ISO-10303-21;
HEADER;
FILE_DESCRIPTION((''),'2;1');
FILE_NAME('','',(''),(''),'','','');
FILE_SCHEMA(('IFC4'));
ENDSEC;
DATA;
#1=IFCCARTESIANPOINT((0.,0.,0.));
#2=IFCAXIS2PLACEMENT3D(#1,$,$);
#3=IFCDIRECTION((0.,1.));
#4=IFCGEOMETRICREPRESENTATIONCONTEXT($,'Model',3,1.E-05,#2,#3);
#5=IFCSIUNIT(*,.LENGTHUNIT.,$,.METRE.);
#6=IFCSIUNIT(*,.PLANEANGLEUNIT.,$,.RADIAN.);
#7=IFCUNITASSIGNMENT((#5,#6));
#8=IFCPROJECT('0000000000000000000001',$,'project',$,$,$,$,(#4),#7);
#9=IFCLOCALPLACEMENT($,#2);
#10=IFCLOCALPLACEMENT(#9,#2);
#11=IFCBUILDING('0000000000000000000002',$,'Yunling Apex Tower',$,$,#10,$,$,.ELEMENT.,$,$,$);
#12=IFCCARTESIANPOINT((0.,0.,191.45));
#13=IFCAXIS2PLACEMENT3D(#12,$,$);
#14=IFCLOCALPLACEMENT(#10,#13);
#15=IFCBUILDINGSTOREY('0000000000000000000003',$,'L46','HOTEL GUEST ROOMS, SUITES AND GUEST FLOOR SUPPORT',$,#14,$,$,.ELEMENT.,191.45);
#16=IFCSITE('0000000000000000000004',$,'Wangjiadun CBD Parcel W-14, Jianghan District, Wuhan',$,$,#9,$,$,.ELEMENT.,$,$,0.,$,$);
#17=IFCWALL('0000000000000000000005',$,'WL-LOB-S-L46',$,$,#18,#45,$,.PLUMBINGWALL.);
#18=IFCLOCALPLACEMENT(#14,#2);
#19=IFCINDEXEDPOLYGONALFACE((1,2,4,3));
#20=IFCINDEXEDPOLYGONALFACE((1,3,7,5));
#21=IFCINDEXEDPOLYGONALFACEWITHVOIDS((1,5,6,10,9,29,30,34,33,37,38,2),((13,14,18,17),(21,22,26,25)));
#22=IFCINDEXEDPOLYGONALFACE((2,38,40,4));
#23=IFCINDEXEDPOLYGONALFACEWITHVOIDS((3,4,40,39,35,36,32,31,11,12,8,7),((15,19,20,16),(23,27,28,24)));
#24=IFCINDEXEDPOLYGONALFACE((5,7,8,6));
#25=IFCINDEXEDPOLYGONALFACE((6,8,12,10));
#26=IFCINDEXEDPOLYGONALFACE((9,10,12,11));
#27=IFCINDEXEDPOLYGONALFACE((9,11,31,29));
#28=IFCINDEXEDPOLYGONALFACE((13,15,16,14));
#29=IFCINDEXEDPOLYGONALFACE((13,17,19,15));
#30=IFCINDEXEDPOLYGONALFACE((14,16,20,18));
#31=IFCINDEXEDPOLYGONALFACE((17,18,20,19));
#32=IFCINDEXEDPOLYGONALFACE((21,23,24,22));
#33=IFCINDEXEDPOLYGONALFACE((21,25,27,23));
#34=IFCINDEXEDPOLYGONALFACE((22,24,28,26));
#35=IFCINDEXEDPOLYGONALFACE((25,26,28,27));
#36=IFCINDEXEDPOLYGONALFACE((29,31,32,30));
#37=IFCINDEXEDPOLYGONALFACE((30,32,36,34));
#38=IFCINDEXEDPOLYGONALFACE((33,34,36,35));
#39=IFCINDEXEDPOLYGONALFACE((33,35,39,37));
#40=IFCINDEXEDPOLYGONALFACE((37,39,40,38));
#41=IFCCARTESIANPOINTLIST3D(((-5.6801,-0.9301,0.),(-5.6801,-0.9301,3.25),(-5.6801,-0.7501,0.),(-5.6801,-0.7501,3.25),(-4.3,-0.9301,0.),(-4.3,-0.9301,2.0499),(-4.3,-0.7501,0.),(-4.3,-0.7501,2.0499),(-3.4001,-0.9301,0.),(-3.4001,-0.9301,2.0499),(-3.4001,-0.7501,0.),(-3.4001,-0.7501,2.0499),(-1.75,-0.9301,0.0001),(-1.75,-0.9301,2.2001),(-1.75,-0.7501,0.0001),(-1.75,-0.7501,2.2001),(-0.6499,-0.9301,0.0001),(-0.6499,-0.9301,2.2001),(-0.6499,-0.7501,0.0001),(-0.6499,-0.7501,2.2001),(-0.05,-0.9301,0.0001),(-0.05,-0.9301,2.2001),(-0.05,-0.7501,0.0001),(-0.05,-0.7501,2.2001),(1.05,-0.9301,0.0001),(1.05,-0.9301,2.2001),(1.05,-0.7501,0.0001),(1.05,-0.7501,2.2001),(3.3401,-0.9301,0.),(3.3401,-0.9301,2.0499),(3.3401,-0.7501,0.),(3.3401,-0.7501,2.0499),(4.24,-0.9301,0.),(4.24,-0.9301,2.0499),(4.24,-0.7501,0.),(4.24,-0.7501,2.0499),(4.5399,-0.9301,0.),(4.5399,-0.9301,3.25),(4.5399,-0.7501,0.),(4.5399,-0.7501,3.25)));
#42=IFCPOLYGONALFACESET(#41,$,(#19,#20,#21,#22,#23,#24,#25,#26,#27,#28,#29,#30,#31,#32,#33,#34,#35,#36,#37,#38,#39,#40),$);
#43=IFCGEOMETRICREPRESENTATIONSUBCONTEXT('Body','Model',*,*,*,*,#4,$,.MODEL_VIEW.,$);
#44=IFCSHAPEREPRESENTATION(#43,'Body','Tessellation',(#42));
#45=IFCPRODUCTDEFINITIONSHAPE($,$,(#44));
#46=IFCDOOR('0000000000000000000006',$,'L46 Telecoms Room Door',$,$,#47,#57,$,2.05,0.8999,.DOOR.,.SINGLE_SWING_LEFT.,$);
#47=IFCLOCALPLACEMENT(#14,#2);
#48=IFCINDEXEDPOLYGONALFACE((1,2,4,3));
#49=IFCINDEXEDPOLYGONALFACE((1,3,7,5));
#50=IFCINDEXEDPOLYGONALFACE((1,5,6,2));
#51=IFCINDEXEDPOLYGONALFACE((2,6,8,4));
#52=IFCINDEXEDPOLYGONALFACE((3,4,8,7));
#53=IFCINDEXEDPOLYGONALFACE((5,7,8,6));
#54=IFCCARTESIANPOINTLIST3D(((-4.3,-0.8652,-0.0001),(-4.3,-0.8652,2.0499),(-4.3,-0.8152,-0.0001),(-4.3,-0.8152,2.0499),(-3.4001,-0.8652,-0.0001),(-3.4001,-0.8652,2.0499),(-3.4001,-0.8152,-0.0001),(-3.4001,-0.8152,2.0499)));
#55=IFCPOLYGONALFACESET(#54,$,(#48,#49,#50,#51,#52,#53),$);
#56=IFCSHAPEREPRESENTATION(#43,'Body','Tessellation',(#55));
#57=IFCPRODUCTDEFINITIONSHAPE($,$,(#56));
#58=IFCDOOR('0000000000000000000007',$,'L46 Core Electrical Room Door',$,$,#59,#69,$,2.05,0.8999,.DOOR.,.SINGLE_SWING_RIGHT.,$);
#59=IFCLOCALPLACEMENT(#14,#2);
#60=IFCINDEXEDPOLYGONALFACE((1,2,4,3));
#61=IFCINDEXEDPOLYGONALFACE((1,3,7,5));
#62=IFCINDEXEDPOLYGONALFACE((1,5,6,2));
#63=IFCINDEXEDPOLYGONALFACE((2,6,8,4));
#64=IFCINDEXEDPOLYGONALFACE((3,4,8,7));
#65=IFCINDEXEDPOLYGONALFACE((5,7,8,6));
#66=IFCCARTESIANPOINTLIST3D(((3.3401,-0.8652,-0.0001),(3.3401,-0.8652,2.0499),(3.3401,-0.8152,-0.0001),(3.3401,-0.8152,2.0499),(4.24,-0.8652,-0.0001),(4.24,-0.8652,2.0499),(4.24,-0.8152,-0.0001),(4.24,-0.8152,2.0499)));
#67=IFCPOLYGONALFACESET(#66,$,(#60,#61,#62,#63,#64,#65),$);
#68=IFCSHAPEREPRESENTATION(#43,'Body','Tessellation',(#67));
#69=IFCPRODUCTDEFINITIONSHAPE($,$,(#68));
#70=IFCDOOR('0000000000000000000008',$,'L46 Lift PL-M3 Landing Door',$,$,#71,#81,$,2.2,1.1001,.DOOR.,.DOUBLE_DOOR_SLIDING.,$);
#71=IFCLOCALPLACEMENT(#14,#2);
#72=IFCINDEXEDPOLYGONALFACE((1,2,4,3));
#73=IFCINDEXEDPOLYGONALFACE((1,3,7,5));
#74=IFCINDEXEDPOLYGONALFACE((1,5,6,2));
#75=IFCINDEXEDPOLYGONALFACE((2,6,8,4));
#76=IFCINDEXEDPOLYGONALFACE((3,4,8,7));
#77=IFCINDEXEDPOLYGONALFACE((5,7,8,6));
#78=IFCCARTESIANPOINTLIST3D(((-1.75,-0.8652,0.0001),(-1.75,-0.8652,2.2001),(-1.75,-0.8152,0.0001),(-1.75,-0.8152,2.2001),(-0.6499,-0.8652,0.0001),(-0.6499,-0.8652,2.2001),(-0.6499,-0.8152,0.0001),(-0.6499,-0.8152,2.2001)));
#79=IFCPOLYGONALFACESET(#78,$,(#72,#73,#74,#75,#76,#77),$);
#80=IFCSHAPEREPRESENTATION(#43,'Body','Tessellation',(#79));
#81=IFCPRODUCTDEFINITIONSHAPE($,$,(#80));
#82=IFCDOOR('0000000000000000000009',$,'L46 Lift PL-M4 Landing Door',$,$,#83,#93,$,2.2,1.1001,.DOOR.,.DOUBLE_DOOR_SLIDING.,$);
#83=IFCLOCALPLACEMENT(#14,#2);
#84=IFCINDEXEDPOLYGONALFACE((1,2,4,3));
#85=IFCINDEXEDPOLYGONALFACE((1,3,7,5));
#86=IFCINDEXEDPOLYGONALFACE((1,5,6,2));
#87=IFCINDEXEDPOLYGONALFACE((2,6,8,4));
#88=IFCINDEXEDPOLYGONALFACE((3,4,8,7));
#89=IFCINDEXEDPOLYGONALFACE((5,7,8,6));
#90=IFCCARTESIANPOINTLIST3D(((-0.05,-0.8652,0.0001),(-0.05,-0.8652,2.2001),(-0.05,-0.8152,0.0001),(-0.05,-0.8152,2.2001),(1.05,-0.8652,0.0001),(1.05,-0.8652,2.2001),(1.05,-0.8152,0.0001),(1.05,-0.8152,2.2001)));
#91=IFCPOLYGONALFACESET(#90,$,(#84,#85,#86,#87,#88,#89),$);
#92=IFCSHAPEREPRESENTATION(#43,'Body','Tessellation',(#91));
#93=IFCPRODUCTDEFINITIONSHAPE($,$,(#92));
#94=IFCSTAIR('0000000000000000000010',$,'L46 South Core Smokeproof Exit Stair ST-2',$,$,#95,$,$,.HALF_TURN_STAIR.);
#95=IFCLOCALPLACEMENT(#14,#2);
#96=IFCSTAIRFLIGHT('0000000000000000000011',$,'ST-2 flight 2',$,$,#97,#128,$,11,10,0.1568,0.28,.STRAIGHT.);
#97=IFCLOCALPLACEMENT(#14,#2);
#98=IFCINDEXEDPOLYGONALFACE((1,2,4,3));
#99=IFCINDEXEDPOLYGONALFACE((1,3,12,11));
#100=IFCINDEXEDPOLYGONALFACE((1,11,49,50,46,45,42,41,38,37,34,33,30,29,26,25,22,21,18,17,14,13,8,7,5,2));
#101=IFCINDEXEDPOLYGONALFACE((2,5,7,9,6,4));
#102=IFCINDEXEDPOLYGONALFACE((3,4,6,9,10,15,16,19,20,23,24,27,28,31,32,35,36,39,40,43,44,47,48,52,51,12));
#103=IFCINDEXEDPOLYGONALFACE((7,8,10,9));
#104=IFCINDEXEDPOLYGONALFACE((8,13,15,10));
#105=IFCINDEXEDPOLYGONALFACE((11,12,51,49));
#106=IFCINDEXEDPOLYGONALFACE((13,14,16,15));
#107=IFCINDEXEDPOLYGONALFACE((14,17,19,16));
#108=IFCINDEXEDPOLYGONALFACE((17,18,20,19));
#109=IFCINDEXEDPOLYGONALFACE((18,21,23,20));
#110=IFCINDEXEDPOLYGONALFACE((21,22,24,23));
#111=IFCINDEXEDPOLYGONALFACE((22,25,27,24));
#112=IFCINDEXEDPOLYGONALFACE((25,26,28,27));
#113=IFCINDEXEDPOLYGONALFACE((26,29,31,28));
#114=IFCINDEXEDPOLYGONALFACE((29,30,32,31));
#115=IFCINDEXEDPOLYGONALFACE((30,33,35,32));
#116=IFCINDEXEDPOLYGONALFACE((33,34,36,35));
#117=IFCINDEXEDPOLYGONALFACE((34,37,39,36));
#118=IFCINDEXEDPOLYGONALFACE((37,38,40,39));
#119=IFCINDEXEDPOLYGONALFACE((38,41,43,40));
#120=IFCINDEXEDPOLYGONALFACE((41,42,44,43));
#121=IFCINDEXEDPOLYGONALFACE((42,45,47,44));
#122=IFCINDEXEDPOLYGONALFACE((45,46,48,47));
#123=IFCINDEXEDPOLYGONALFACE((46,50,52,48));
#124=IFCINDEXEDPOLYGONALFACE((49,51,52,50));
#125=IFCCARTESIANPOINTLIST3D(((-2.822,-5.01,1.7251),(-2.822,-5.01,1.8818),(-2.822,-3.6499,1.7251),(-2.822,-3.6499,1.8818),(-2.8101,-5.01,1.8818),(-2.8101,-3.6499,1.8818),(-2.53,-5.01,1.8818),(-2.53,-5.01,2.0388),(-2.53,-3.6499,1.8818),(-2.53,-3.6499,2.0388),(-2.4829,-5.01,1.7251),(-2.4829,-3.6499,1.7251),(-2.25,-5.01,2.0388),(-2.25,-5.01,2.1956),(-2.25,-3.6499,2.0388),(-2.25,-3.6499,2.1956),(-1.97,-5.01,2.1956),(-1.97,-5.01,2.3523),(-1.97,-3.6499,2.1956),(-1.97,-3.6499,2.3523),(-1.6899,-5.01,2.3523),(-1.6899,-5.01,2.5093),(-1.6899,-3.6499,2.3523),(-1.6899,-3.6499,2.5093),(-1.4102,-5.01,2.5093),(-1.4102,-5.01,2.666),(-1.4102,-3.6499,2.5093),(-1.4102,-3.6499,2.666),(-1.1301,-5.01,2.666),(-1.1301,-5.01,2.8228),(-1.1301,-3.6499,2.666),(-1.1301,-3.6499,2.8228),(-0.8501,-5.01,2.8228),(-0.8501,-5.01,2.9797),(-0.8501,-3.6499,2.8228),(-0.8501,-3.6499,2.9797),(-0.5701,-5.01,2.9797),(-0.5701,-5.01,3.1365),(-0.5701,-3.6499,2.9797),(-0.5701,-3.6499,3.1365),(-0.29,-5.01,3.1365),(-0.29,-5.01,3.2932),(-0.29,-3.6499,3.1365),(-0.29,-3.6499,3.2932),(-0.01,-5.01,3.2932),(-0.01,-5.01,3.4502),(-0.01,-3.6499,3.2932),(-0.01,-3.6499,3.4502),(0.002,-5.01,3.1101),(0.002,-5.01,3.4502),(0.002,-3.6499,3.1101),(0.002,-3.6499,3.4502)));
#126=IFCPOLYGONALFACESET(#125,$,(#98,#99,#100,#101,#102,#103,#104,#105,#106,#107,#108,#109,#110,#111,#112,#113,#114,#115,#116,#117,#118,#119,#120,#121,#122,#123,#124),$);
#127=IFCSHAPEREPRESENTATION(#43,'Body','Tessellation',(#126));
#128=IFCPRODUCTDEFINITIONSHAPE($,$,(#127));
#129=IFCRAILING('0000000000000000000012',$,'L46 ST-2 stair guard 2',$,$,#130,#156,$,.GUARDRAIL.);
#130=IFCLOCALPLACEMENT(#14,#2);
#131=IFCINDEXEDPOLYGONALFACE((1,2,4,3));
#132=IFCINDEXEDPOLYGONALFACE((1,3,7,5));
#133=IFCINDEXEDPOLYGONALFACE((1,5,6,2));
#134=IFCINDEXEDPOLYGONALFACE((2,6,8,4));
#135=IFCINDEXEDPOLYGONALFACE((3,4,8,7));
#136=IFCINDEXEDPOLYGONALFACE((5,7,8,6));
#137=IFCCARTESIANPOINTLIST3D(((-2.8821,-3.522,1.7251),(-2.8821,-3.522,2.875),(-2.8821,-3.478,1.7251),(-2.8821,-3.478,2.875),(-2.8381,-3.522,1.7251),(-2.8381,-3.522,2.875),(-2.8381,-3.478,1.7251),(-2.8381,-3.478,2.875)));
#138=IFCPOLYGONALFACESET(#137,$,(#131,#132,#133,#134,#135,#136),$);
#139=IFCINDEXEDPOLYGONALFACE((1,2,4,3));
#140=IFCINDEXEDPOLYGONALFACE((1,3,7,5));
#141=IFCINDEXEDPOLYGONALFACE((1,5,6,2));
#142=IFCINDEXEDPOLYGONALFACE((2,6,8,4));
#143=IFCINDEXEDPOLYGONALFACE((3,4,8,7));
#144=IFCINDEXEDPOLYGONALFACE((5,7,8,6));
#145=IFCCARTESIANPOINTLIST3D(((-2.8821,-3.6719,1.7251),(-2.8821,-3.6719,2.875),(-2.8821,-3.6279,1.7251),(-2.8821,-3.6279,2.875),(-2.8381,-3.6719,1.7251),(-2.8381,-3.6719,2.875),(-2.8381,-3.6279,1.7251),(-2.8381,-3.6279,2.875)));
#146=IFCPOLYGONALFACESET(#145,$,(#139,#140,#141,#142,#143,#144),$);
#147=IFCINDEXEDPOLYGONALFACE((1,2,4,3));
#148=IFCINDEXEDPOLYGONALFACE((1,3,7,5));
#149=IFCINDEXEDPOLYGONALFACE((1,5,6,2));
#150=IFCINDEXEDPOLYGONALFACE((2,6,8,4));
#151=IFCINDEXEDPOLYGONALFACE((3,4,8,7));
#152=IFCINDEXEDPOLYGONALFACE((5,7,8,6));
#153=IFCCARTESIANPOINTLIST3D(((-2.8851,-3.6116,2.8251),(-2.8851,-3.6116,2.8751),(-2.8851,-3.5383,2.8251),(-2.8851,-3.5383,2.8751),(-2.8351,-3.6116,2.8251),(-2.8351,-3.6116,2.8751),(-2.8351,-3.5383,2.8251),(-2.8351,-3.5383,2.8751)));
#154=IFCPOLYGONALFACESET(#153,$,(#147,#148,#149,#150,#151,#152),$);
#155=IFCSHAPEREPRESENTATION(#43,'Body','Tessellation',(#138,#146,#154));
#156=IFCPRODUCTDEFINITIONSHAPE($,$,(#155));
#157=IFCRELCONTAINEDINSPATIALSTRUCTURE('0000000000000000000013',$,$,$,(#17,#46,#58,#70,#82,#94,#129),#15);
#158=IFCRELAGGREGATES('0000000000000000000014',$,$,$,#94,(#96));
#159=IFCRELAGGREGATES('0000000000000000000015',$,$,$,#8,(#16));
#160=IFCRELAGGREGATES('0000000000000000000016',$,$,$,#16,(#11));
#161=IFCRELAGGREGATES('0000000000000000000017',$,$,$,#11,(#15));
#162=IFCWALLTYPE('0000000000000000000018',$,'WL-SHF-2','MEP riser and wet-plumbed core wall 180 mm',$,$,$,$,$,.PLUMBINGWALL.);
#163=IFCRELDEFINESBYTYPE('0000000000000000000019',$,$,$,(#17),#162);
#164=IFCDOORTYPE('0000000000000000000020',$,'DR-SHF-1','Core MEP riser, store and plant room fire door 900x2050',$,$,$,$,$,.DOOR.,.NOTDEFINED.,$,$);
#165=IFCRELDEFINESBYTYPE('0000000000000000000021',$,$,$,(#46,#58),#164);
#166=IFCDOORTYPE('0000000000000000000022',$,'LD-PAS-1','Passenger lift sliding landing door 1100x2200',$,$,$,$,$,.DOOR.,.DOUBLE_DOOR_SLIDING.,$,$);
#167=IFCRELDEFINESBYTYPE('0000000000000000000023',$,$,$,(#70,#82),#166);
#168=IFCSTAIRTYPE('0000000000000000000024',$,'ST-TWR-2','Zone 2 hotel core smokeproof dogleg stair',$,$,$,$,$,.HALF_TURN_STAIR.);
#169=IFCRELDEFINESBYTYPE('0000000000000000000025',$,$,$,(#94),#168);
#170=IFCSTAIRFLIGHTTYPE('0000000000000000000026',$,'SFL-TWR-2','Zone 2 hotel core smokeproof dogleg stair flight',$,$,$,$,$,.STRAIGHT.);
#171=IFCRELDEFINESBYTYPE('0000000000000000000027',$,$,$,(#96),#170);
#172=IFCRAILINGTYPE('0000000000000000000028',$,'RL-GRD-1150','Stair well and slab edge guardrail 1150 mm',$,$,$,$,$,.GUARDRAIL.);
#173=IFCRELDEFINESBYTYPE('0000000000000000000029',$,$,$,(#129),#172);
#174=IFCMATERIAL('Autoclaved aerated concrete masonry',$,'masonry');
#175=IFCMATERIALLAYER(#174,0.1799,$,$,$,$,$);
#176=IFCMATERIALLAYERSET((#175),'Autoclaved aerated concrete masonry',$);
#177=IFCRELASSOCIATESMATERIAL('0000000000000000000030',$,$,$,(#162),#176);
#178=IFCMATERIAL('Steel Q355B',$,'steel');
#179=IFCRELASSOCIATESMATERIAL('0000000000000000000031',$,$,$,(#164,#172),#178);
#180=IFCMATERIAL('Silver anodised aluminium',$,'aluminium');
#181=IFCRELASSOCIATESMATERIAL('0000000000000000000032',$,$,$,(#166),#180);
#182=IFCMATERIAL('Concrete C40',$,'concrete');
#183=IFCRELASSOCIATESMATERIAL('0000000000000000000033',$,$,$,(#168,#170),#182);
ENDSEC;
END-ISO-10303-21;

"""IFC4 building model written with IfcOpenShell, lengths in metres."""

from ifc_helpers import new_model, si_unit, direction, frame, frame_2d, origin, origin_2d, place, context, subcontext, project, spatial, polyline, rectangle, outline, extrude, material, layer, layer_set, type_object, element, fill, aggregate, save


model = new_model("IFC4")

# Units and contexts
model_context = context("Model", 3, precision=1e-05, world=origin(), true_north=direction((0.0, 1.0)))
body_context = subcontext(model_context, "Body", "Model", "MODEL_VIEW")
ifc_project = project(units=[si_unit("LENGTHUNIT", "METRE"), si_unit("PLANEANGLEUNIT", "RADIAN")], contexts=[model_context])

# Site, building, storey
site_placement = place(None, origin())
site = spatial("IfcSite", under=ifc_project, at=site_placement, Name="Wangjiadun CBD Parcel W-14, Jianghan District, Wuhan", CompositionType="ELEMENT", RefElevation=0.0)
building_placement = place(site_placement, origin())
building = spatial("IfcBuilding", under=site, at=building_placement, Name="Yunling Apex Tower", CompositionType="ELEMENT")
storey_placement = place(building_placement, frame((0.0, 0.0, 191.45)))
storey = spatial("IfcBuildingStorey", under=building, at=storey_placement, Name="L46", Description="HOTEL GUEST ROOMS, SUITES AND GUEST FLOOR SUPPORT", CompositionType="ELEMENT", Elevation=191.45)

# Shared definitions
ifc_material_1 = material(Name="Steel Q355B", Category="steel")

# Shared definitions
ifc_material_2 = material(Name="Concrete C40", Category="concrete")

# Shared definitions
ifc_material_3 = material(Name="Autoclaved aerated concrete masonry", Category="masonry")

# Shared definitions
ifc_layer_1 = layer(ifc_material_3, 0.1799)
ifc_layer_set_1 = layer_set([ifc_layer_1], Name="Autoclaved aerated concrete masonry")
wall_type_1 = type_object("IfcWallType", Name="WL-SHF-2", Description="MEP riser and wet-plumbed core wall 180 mm", PredefinedType="PLUMBINGWALL", material=ifc_layer_set_1)

# Wall, openings, doors
wall_1_placement = place(storey_placement, frame((-5.6799, -0.8401, 0.0), z_axis=(0.0, 0.0, 1.0), x_axis=(1.0, 0.0, 0.0)))
wall_1 = element("IfcWall", 1, at=wall_1_placement, inside=storey, type_object=wall_type_1, Name="WL-LOB-S-L46", PredefinedType="PLUMBINGWALL", context=body_context, shape_type="SweptSolid", body=[
    extrude(rectangle(XDim=10.22, YDim=0.1799, at=frame_2d((5.1099, 0.0))), origin(), (0.0, 0.0, 1.0), 3.25),
])
opening_1_placement = place(wall_1_placement, frame((1.3799, 0.0, 0.0)))
opening_1 = element("IfcOpeningElement", 2, at=opening_1_placement, cuts=wall_1, PredefinedType="OPENING", context=body_context, shape_type="SweptSolid", body=[
    extrude(rectangle(XDim=0.8999, YDim=2.05, at=frame_2d((0.45, 1.0249))), frame((0.0, 0.1001, 0.0), z_axis=(0.0, -1.0, 0.0), x_axis=(1.0, 0.0, 0.0)), (0.0, 0.0, 1.0), 0.2),
])
opening_2_placement = place(wall_1_placement, frame((3.9299, 0.0, 0.0)))
opening_2 = element("IfcOpeningElement", 3, at=opening_2_placement, cuts=wall_1, PredefinedType="OPENING", context=body_context, shape_type="SweptSolid", body=[
    extrude(rectangle(XDim=1.1001, YDim=2.2, at=frame_2d((0.55, 1.1001))), frame((0.0, 0.1001, 0.0), z_axis=(0.0, -1.0, 0.0), x_axis=(1.0, 0.0, 0.0)), (0.0, 0.0, 1.0), 0.2),
])
opening_3_placement = place(wall_1_placement, frame((5.6299, 0.0, 0.0)))
opening_3 = element("IfcOpeningElement", 4, at=opening_3_placement, cuts=wall_1, PredefinedType="OPENING", context=body_context, shape_type="SweptSolid", body=[
    extrude(rectangle(XDim=1.1001, YDim=2.2, at=frame_2d((0.55, 1.1001))), frame((0.0, 0.1001, 0.0), z_axis=(0.0, -1.0, 0.0), x_axis=(1.0, 0.0, 0.0)), (0.0, 0.0, 1.0), 0.2),
])
opening_4_placement = place(wall_1_placement, frame((9.02, 0.0, 0.0)))
opening_4 = element("IfcOpeningElement", 5, at=opening_4_placement, cuts=wall_1, PredefinedType="OPENING", context=body_context, shape_type="SweptSolid", body=[
    extrude(rectangle(XDim=0.8999, YDim=2.05, at=frame_2d((0.45, 1.0249))), frame((0.0, 0.1001, 0.0), z_axis=(0.0, -1.0, 0.0), x_axis=(1.0, 0.0, 0.0)), (0.0, 0.0, 1.0), 0.2),
])
door_type_1 = type_object("IfcDoorType", Name="DR-SHF-1", Description="Core MEP riser, store and plant room fire door 900x2050", OperationType="NOTDEFINED", PredefinedType="DOOR", material=ifc_material_1)
door_1_placement = place(opening_1_placement, origin())
door_1 = element("IfcDoor", 6, at=door_1_placement, inside=storey, type_object=door_type_1, Name="L46 Telecoms Room Door", OperationType="SINGLE_SWING_LEFT", OverallHeight=2.05, OverallWidth=0.8999, PredefinedType="DOOR", context=body_context, shape_type="SweptSolid", body=[
    extrude(rectangle(XDim=0.8999, YDim=2.05, at=frame_2d((0.45, 1.0249))), frame((0.0, 0.0249, 0.0), z_axis=(0.0, -1.0, 0.0), x_axis=(1.0, 0.0, 0.0)), (0.0, 0.0, 1.0), 0.05),
])
fill(opening_1, door_1)
door_2_placement = place(opening_4_placement, origin())
door_2 = element("IfcDoor", 7, at=door_2_placement, inside=storey, type_object=door_type_1, Name="L46 Core Electrical Room Door", OperationType="SINGLE_SWING_RIGHT", OverallHeight=2.05, OverallWidth=0.8999, PredefinedType="DOOR", context=body_context, shape_type="SweptSolid", body=[
    extrude(rectangle(XDim=0.8999, YDim=2.05, at=frame_2d((0.45, 1.0249))), frame((0.0, 0.0249, 0.0), z_axis=(0.0, -1.0, 0.0), x_axis=(1.0, 0.0, 0.0)), (0.0, 0.0, 1.0), 0.05),
])
fill(opening_4, door_2)
ifc_material_4 = material(Name="Silver anodised aluminium", Category="aluminium")
door_type_2 = type_object("IfcDoorType", Name="LD-PAS-1", Description="Passenger lift sliding landing door 1100x2200", OperationType="DOUBLE_DOOR_SLIDING", PredefinedType="DOOR", material=ifc_material_4)
door_3_placement = place(opening_2_placement, origin())
door_3 = element("IfcDoor", 8, at=door_3_placement, inside=storey, type_object=door_type_2, Name="L46 Lift PL-M3 Landing Door", OperationType="DOUBLE_DOOR_SLIDING", OverallHeight=2.2, OverallWidth=1.1001, PredefinedType="DOOR", context=body_context, shape_type="SweptSolid", body=[
    extrude(rectangle(XDim=1.1001, YDim=2.2, at=frame_2d((0.55, 1.1001))), frame((0.0, 0.0249, 0.0), z_axis=(0.0, -1.0, 0.0), x_axis=(1.0, 0.0, 0.0)), (0.0, 0.0, 1.0), 0.05),
])
fill(opening_2, door_3)
door_4_placement = place(opening_3_placement, origin())
door_4 = element("IfcDoor", 9, at=door_4_placement, inside=storey, type_object=door_type_2, Name="L46 Lift PL-M4 Landing Door", OperationType="DOUBLE_DOOR_SLIDING", OverallHeight=2.2, OverallWidth=1.1001, PredefinedType="DOOR", context=body_context, shape_type="SweptSolid", body=[
    extrude(rectangle(XDim=1.1001, YDim=2.2, at=frame_2d((0.55, 1.1001))), frame((0.0, 0.0249, 0.0), z_axis=(0.0, -1.0, 0.0), x_axis=(1.0, 0.0, 0.0)), (0.0, 0.0, 1.0), 0.05),
])
fill(opening_3, door_4)

# Stair, stair flight
stair_type = type_object("IfcStairType", Name="ST-TWR-2", Description="Zone 2 hotel core smokeproof dogleg stair", PredefinedType="HALF_TURN_STAIR", material=ifc_material_2)
stair_placement = place(storey_placement, origin())
stair = element("IfcStair", 10, at=stair_placement, inside=storey, type_object=stair_type, Name="L46 South Core Smokeproof Exit Stair ST-2", PredefinedType="HALF_TURN_STAIR")
stair_flight_type = type_object("IfcStairFlightType", Name="SFL-TWR-2", Description="Zone 2 hotel core smokeproof dogleg stair flight", PredefinedType="STRAIGHT", material=ifc_material_2)
stair_flight_placement = place(storey_placement, frame((-2.8101, -4.3301, 1.7251), z_axis=(0.0, 0.0, 1.0), x_axis=(1.0, 0.0, 0.0)))
stair_flight = element("IfcStairFlight", 11, at=stair_flight_placement, type_object=stair_flight_type, Name="ST-2 flight 2", NumberOfRisers=11, NumberOfTreads=10, PredefinedType="STRAIGHT", RiserHeight=0.1568, TreadLength=0.28, context=body_context, shape_type="SweptSolid", body=[
    extrude(outline(polyline([(-0.012, 0.0), (-0.012, 0.1567), (0.0, 0.1567), (0.28, 0.1567), (0.28, 0.3137), (0.5601, 0.3137), (0.5601, 0.4705), (0.8401, 0.4705), (0.8401, 0.6272), (1.1201, 0.6272), (1.1201, 0.7842), (1.3999, 0.7842), (1.3999, 0.9409), (1.6799, 0.9409), (1.6799, 1.0977), (1.96, 1.0977), (1.96, 1.2546), (2.24, 1.2546), (2.24, 1.4114), (2.52, 1.4114), (2.52, 1.5681), (2.8, 1.5681), (2.8, 1.7251), (2.812, 1.7251), (2.812, 1.385), (0.3271, 0.0), (-0.012, 0.0)])), frame((0.0, 0.6802, 0.0), z_axis=(0.0, -1.0, 0.0), x_axis=(1.0, 0.0, 0.0)), (0.0, 0.0, 1.0), 1.3601),
])
aggregate(stair, [stair_flight])

# Railing
railing_type_1 = type_object("IfcRailingType", Name="RL-GRD-1150", Description="Stair well and slab edge guardrail 1150 mm", PredefinedType="GUARDRAIL", material=ifc_material_1)
railing_1_placement = place(storey_placement, frame((-2.8601, -3.5, 1.7251)))
element("IfcRailing", 12, at=railing_1_placement, inside=storey, type_object=railing_type_1, Name="L46 ST-2 stair guard 2", PredefinedType="GUARDRAIL", context=body_context, shape_type="SweptSolid", body=[
    extrude(rectangle(XDim=0.0439, YDim=0.0439, at=origin_2d()), origin(), (0.0, 0.0, 1.0), 1.1499),
    extrude(rectangle(XDim=0.0439, YDim=0.0439, at=origin_2d()), frame((0.0, -0.1499, 0.0)), (0.0, 0.0, 1.0), 1.1499),
    extrude(rectangle(XDim=0.05, YDim=0.05, at=origin_2d()), frame((0.0, -0.0383, 1.125), z_axis=(0.0, -1.0, 0.0), x_axis=(1.0, 0.0, 0.0)), (0.0, 0.0, 1.0), 0.0732),
])

save(model, "model.ifc")
